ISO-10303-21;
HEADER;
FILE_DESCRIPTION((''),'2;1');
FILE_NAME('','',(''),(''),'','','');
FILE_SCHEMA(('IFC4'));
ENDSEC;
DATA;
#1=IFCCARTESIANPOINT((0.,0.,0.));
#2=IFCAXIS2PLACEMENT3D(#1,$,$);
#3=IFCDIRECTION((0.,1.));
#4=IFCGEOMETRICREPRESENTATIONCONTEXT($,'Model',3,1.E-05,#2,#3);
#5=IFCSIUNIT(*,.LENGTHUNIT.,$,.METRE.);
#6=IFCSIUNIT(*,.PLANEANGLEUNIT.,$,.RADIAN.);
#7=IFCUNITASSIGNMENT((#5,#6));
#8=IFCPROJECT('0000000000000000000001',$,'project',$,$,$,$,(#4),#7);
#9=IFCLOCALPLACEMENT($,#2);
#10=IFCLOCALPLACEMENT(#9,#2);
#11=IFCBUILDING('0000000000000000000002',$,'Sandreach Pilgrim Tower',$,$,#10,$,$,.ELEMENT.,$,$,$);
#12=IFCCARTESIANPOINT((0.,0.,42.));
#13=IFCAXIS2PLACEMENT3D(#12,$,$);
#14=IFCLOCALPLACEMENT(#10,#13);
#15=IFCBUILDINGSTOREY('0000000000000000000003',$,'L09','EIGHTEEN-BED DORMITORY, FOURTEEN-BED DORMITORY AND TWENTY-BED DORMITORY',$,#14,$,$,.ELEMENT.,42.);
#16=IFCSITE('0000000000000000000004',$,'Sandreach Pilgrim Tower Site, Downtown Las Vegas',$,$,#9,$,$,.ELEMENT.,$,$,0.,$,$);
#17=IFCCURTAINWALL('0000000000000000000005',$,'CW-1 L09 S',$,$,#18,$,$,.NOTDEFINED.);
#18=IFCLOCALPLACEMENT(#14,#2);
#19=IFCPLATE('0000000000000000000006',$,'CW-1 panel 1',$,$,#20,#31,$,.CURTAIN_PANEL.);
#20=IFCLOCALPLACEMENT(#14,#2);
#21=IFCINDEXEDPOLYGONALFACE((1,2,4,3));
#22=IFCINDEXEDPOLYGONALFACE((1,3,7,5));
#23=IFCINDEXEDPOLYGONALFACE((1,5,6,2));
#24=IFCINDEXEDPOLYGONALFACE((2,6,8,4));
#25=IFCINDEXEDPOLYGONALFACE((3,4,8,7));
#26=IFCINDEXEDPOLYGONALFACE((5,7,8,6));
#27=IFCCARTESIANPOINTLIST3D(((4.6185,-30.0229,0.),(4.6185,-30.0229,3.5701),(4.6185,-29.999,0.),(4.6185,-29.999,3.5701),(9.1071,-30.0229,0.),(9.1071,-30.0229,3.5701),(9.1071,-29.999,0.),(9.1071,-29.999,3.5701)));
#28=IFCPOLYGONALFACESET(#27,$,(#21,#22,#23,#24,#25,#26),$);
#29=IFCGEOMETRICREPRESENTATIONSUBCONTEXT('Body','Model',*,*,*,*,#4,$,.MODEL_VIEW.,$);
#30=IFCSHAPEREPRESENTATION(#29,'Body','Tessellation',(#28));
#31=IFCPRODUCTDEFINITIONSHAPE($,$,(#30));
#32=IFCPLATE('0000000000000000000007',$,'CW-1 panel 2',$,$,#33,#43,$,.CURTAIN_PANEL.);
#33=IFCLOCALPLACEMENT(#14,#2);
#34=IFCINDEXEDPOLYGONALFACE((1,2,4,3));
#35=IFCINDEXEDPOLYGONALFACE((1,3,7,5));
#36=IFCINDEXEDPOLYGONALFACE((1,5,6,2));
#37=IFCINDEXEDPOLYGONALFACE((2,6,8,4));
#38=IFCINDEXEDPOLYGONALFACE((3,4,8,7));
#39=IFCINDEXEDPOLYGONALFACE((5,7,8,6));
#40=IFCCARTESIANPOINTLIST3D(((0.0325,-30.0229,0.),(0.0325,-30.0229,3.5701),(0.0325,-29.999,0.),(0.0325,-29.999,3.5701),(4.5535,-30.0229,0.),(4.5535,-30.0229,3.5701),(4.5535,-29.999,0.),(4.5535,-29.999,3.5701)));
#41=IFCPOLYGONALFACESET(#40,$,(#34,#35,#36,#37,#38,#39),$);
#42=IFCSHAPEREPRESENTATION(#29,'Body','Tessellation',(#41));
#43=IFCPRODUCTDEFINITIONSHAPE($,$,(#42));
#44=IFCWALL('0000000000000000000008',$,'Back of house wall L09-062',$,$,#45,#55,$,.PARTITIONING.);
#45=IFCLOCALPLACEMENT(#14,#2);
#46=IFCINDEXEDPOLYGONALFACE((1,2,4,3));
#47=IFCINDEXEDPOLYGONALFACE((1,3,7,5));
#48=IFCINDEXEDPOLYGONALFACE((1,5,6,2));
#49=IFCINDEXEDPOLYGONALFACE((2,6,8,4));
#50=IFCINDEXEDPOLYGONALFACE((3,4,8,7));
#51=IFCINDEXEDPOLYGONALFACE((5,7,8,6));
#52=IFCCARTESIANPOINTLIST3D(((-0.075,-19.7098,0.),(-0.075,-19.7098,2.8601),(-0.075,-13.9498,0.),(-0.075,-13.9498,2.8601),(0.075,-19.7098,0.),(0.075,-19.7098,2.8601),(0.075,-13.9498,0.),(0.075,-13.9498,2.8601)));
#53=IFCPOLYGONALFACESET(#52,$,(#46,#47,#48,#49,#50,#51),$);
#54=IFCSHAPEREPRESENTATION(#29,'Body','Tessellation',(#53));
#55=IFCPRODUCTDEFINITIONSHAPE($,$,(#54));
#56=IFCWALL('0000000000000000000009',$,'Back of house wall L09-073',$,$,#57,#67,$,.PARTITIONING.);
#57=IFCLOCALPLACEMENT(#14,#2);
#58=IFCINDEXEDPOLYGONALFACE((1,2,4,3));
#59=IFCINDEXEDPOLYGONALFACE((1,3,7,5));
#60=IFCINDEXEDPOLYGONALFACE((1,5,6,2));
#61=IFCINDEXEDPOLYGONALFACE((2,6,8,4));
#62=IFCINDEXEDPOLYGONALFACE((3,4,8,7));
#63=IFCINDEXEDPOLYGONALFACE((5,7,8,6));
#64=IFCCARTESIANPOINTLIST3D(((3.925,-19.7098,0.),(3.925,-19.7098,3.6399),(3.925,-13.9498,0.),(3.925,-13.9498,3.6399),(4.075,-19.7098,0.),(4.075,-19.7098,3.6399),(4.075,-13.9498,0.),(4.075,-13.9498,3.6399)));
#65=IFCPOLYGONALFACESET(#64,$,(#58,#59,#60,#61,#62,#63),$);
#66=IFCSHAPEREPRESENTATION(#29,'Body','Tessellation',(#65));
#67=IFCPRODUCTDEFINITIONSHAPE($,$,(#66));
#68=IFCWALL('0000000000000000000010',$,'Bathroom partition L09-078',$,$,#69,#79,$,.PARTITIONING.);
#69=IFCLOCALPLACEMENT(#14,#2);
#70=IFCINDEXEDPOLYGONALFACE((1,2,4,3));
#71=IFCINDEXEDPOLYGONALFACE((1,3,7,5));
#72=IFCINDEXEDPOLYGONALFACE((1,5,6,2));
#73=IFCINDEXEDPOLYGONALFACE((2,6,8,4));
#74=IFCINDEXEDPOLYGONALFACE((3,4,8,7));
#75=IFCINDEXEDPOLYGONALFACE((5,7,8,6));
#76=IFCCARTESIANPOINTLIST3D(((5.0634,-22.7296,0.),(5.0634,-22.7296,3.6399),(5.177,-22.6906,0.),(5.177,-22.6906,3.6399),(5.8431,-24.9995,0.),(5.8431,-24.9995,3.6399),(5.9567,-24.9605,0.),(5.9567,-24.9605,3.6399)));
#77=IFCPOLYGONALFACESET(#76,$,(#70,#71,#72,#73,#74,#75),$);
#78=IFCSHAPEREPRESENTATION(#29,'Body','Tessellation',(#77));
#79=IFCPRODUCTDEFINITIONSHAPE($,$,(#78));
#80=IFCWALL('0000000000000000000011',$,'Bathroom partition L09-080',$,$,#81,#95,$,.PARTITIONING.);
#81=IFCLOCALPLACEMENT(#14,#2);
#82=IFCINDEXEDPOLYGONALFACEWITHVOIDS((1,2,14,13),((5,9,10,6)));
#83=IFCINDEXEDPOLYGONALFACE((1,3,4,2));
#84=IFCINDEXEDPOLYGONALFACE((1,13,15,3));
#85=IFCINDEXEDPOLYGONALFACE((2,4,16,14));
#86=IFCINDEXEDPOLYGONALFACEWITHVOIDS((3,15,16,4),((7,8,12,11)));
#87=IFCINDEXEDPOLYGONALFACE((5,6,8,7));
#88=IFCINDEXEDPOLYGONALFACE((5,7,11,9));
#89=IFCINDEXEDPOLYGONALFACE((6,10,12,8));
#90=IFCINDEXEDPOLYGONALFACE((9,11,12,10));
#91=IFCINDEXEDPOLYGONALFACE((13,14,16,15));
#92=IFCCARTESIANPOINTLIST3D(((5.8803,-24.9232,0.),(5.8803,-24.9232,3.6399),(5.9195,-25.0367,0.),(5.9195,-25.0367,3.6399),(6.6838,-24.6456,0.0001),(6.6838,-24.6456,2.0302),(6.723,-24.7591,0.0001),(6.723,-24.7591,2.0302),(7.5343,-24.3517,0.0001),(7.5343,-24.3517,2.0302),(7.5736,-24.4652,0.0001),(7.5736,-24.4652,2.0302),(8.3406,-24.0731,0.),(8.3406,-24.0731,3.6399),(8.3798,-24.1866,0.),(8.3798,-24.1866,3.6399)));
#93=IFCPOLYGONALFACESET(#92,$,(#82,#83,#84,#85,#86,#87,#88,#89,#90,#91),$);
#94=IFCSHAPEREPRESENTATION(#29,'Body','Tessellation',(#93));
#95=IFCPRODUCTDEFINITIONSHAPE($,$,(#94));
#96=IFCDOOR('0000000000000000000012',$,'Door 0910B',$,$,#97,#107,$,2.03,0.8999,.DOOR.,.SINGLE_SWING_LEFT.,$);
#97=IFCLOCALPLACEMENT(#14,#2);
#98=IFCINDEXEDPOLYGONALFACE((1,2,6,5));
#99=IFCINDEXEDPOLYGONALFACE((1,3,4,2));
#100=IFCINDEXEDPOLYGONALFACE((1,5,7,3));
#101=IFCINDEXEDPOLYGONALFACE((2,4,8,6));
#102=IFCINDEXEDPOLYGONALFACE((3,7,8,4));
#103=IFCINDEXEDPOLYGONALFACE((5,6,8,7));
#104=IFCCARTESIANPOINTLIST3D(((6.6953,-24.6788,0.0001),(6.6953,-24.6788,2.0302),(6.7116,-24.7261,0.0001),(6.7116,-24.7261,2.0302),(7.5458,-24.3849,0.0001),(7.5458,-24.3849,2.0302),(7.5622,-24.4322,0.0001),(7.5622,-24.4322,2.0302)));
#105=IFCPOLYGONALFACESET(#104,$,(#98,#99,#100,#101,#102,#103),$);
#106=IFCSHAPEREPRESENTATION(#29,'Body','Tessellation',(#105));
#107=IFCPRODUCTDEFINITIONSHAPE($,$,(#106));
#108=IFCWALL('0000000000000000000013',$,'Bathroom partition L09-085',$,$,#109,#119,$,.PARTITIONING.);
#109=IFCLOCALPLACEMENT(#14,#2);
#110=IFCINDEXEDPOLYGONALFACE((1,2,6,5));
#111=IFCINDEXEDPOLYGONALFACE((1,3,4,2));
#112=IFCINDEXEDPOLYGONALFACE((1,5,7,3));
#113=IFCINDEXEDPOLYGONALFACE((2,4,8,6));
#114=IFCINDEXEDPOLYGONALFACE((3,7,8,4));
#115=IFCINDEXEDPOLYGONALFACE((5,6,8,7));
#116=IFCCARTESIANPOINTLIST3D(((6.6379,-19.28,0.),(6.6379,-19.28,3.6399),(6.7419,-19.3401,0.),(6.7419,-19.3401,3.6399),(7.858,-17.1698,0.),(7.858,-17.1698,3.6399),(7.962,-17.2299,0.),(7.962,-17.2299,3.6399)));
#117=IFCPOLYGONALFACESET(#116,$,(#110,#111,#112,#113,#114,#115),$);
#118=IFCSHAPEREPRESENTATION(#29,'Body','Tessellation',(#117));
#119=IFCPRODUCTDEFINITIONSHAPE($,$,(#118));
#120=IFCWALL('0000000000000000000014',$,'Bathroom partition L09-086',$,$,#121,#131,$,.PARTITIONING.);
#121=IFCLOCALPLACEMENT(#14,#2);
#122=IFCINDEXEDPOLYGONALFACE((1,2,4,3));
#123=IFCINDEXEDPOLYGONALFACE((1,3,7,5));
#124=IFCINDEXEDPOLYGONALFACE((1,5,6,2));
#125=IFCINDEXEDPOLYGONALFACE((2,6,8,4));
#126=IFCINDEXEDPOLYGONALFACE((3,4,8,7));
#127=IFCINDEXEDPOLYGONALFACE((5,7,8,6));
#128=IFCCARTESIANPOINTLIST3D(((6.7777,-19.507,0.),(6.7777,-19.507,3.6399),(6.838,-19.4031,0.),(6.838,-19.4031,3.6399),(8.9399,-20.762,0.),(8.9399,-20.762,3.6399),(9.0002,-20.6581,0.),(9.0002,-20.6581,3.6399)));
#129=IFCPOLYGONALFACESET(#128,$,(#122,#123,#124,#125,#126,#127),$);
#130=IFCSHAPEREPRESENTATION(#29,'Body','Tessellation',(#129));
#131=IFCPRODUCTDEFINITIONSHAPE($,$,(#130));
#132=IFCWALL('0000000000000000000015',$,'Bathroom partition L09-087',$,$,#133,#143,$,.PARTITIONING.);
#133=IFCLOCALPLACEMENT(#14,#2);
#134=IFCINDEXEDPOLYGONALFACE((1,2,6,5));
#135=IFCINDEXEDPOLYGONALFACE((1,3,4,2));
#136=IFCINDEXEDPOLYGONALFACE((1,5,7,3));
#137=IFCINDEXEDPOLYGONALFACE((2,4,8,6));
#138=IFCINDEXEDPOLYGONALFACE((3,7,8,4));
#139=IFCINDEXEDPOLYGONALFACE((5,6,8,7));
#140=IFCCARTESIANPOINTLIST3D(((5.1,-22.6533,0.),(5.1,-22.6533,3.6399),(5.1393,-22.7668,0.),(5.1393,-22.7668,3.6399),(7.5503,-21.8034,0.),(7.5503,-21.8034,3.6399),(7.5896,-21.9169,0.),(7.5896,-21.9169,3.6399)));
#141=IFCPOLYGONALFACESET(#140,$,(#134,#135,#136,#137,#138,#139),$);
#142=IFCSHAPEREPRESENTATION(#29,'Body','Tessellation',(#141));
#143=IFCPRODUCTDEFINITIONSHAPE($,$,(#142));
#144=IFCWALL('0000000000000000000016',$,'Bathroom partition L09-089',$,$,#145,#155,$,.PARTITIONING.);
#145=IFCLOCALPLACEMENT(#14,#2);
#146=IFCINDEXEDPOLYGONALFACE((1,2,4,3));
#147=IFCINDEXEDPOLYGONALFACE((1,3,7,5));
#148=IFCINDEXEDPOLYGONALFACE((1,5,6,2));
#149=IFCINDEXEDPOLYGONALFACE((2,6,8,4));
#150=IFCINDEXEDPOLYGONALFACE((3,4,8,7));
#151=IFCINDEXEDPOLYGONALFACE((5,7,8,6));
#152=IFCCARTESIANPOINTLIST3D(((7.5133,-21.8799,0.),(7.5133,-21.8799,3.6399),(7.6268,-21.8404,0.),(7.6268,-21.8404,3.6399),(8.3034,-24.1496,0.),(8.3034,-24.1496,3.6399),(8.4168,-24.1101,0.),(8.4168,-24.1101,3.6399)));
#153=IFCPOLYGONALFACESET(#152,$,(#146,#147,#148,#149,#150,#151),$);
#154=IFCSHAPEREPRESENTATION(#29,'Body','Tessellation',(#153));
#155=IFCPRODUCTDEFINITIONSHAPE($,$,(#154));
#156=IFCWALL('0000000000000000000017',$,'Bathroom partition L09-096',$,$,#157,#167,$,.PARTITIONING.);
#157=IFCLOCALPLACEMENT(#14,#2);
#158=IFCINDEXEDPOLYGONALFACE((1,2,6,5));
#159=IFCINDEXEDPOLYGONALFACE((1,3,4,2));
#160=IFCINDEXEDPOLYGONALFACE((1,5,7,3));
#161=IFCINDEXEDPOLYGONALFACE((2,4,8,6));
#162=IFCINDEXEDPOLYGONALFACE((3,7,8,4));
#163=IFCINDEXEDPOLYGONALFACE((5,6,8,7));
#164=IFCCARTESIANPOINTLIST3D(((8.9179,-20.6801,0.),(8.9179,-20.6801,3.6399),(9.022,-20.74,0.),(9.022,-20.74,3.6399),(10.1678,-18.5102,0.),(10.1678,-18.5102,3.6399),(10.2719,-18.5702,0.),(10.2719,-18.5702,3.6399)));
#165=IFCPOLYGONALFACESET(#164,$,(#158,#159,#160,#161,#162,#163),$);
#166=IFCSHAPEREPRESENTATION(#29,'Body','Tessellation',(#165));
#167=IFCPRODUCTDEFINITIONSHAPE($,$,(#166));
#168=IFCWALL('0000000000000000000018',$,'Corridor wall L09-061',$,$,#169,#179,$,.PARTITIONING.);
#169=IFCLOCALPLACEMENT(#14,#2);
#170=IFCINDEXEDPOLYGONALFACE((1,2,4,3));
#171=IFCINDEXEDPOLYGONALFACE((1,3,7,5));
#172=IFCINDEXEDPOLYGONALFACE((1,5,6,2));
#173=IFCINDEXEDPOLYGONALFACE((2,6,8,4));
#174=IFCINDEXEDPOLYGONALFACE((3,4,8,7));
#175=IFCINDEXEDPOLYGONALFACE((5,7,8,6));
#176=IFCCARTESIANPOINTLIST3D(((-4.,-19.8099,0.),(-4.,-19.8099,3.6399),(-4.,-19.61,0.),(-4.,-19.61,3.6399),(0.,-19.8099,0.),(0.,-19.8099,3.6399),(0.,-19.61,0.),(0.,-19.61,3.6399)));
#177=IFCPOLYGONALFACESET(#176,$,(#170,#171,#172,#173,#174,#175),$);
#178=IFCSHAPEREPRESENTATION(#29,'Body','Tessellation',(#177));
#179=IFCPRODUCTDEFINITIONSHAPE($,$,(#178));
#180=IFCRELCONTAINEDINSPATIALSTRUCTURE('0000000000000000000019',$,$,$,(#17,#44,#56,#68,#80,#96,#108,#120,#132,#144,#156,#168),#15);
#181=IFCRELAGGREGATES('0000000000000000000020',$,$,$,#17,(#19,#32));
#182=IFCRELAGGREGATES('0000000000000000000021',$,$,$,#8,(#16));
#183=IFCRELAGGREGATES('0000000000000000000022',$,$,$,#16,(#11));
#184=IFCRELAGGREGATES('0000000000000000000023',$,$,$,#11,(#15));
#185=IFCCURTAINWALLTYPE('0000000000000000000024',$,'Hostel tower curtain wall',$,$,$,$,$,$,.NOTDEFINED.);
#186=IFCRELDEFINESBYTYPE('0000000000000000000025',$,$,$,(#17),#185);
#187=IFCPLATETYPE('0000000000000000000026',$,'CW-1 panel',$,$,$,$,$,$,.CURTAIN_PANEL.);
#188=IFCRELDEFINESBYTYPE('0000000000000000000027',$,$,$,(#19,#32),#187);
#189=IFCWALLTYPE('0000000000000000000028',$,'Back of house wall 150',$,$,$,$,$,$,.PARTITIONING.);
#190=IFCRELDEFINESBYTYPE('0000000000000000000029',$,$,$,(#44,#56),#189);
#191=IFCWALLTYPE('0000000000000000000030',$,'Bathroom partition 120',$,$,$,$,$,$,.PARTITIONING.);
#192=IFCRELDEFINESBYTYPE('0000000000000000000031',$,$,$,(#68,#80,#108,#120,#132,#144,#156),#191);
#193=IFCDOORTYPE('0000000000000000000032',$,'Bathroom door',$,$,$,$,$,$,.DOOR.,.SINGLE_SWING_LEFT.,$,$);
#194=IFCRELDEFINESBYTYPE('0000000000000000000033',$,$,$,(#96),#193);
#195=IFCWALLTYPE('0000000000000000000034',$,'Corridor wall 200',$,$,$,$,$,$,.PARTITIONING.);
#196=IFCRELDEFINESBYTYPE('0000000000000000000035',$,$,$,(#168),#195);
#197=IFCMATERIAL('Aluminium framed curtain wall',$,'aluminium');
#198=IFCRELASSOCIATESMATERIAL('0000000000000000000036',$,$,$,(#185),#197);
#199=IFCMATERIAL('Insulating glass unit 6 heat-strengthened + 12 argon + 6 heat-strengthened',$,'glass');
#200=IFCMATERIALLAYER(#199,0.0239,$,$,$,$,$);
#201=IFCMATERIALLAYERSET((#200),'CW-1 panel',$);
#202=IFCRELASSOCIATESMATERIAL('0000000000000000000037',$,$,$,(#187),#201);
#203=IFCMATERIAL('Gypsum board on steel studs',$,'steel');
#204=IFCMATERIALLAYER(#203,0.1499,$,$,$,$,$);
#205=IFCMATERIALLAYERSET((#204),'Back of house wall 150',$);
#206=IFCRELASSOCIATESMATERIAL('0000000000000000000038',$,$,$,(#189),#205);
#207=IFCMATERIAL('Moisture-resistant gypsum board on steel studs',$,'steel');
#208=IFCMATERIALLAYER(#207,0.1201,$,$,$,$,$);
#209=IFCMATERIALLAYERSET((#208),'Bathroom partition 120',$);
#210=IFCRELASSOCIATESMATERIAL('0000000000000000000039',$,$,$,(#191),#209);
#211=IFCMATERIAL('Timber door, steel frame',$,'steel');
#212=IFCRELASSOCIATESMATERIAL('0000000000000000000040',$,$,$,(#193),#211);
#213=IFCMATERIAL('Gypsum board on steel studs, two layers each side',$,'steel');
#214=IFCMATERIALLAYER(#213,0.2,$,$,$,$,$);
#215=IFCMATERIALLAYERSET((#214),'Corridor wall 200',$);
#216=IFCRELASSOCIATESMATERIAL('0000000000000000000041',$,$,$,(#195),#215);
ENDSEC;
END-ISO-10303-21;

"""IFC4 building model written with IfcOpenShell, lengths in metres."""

from ifc_helpers import new_model, si_unit, direction, frame, frame_2d, origin, origin_2d, place, context, subcontext, project, spatial, rectangle, extrude, material, layer, layer_set, type_object, element, fill, aggregate, save


model = new_model("IFC4")

# Units and contexts
model_context = context("Model", 3, precision=1e-05, world=origin(), true_north=direction((0.0, 1.0)))
body_context = subcontext(model_context, "Body", "Model", "MODEL_VIEW")
ifc_project = project(units=[si_unit("LENGTHUNIT", "METRE"), si_unit("PLANEANGLEUNIT", "RADIAN")], contexts=[model_context])

# Site, building, storey
site_placement = place(None, origin())
site = spatial("IfcSite", under=ifc_project, at=site_placement, Name="Sandreach Pilgrim Tower Site, Downtown Las Vegas", CompositionType="ELEMENT", RefElevation=0.0)
building_placement = place(site_placement, origin())
building = spatial("IfcBuilding", under=site, at=building_placement, Name="Sandreach Pilgrim Tower", CompositionType="ELEMENT")
storey_placement = place(building_placement, frame((0.0, 0.0, 42.0)))
storey = spatial("IfcBuildingStorey", under=building, at=storey_placement, Name="L09", Description="EIGHTEEN-BED DORMITORY, FOURTEEN-BED DORMITORY AND TWENTY-BED DORMITORY", CompositionType="ELEMENT", Elevation=42.0)

# Curtain wall
ifc_material_1 = material(Name="Aluminium framed curtain wall", Category="aluminium")
curtain_wall_type = type_object("IfcCurtainWallType", Name="Hostel tower curtain wall", PredefinedType="NOTDEFINED", material=ifc_material_1)
curtain_wall_placement = place(storey_placement, origin())
curtain_wall = element("IfcCurtainWall", 1, at=curtain_wall_placement, inside=storey, type_object=curtain_wall_type, Name="CW-1 L09 S", PredefinedType="NOTDEFINED")

# Plates
ifc_material_2 = material(Name="Insulating glass unit 6 heat-strengthened + 12 argon + 6 heat-strengthened", Category="glass")
ifc_layer_1 = layer(ifc_material_2, 0.0239)
ifc_layer_set_1 = layer_set([ifc_layer_1], Name="CW-1 panel")
plate_type = type_object("IfcPlateType", Name="CW-1 panel", PredefinedType="CURTAIN_PANEL", material=ifc_layer_set_1)
plate_1_placement = place(storey_placement, frame((6.8628, -30.011, 0.0), z_axis=(0.0, 0.0, 1.0), x_axis=(-1.0, 0.0, 0.0)))
plate_1 = element("IfcPlate", 2, at=plate_1_placement, type_object=plate_type, Name="CW-1 panel 1", PredefinedType="CURTAIN_PANEL", context=body_context, shape_type="SweptSolid", body=[
    extrude(rectangle(XDim=4.4885, YDim=0.0239, at=origin_2d()), origin(), (0.0, 0.0, 1.0), 3.5701),
])
plate_2_placement = place(storey_placement, frame((2.293, -30.011, 0.0), z_axis=(0.0, 0.0, 1.0), x_axis=(-1.0, 0.0, 0.0)))
plate_2 = element("IfcPlate", 3, at=plate_2_placement, type_object=plate_type, Name="CW-1 panel 2", PredefinedType="CURTAIN_PANEL", context=body_context, shape_type="SweptSolid", body=[
    extrude(rectangle(XDim=4.521, YDim=0.0239, at=origin_2d()), origin(), (0.0, 0.0, 1.0), 3.5701),
])
aggregate(curtain_wall, [plate_1, plate_2])

# Walls
ifc_material_3 = material(Name="Gypsum board on steel studs", Category="steel")
ifc_layer_2 = layer(ifc_material_3, 0.1499)
ifc_layer_set_2 = layer_set([ifc_layer_2], Name="Back of house wall 150")
wall_type_1 = type_object("IfcWallType", Name="Back of house wall 150", PredefinedType="PARTITIONING", material=ifc_layer_set_2)
wall_1_placement = place(storey_placement, frame((0.0, -13.95, 0.0), z_axis=(0.0, 0.0, 1.0), x_axis=(0.0, -1.0, 0.0)))
element("IfcWall", 4, at=wall_1_placement, inside=storey, type_object=wall_type_1, Name="Back of house wall L09-062", PredefinedType="PARTITIONING", context=body_context, shape_type="SweptSolid", body=[
    extrude(rectangle(XDim=5.76, YDim=0.1499, at=frame_2d((2.8799, 0.0))), origin(), (0.0, 0.0, 1.0), 2.8601),
])
wall_2_placement = place(storey_placement, frame((4.0, -13.95, 0.0), z_axis=(0.0, 0.0, 1.0), x_axis=(0.0, -1.0, 0.0)))
element("IfcWall", 5, at=wall_2_placement, inside=storey, type_object=wall_type_1, Name="Back of house wall L09-073", PredefinedType="PARTITIONING", context=body_context, shape_type="SweptSolid", body=[
    extrude(rectangle(XDim=5.76, YDim=0.1499, at=frame_2d((2.8799, 0.0))), origin(), (0.0, 0.0, 1.0), 3.6399),
])
ifc_material_4 = material(Name="Moisture-resistant gypsum board on steel studs", Category="steel")
ifc_layer_3 = layer(ifc_material_4, 0.1201)
ifc_layer_set_3 = layer_set([ifc_layer_3], Name="Bathroom partition 120")
wall_type_2 = type_object("IfcWallType", Name="Bathroom partition 120", PredefinedType="PARTITIONING", material=ifc_layer_set_3)
wall_3_placement = place(storey_placement, frame((5.1201, -22.71, 0.0), z_axis=(0.0, 0.0, 1.0), x_axis=(0.324881, -0.945755, 0.0)))
element("IfcWall", 6, at=wall_3_placement, inside=storey, type_object=wall_type_2, Name="Bathroom partition L09-078", PredefinedType="PARTITIONING", context=body_context, shape_type="SweptSolid", body=[
    extrude(rectangle(XDim=2.4001, YDim=0.1201, at=frame_2d((1.2002, 0.0))), origin(), (0.0, 0.0, 1.0), 3.6399),
])

# Wall, opening, door
wall_4_placement = place(storey_placement, frame((5.8999, -24.98, 0.0), z_axis=(0.0, 0.0, 1.0), x_axis=(0.945165, 0.326592, 0.0)))
wall_4 = element("IfcWall", 7, at=wall_4_placement, inside=storey, type_object=wall_type_2, Name="Bathroom partition L09-080", PredefinedType="PARTITIONING", context=body_context, shape_type="SweptSolid", body=[
    extrude(rectangle(XDim=2.603, YDim=0.1201, at=frame_2d((1.3015, 0.0))), origin(), (0.0, 0.0, 1.0), 3.6399),
])
opening_1_placement = place(wall_4_placement, frame((0.8501, 0.0, 0.0)))
opening_1 = element("IfcOpeningElement", 8, at=opening_1_placement, cuts=wall_4, PredefinedType="OPENING", context=body_context, shape_type="SweptSolid", body=[
    extrude(rectangle(XDim=0.8999, YDim=2.03, at=frame_2d((0.45, 1.0151))), frame((0.0, 0.0601, 0.0), z_axis=(0.0, -1.0, 0.0), x_axis=(1.0, 0.0, 0.0)), (0.0, 0.0, 1.0), 0.1201),
])
ifc_material_5 = material(Name="Timber door, steel frame", Category="steel")
door_type_1 = type_object("IfcDoorType", Name="Bathroom door", OperationType="SINGLE_SWING_LEFT", PredefinedType="DOOR", material=ifc_material_5)
door_1_placement = place(opening_1_placement, origin())
door_1 = element("IfcDoor", 9, at=door_1_placement, inside=storey, type_object=door_type_1, Name="Door 0910B", OperationType="SINGLE_SWING_LEFT", OverallHeight=2.03, OverallWidth=0.8999, PredefinedType="DOOR", context=body_context, shape_type="SweptSolid", body=[
    extrude(rectangle(XDim=0.8999, YDim=2.03, at=frame_2d((0.45, 1.0151))), frame((0.0, 0.0249, 0.0), z_axis=(0.0, -1.0, 0.0), x_axis=(1.0, 0.0, 0.0)), (0.0, 0.0, 1.0), 0.05),
])
fill(opening_1, door_1)

# Walls
wall_5_placement = place(storey_placement, frame((6.6899, -19.3101, 0.0), z_axis=(0.0, 0.0, 1.0), x_axis=(0.500523, 0.865723, 0.0)))
element("IfcWall", 10, at=wall_5_placement, inside=storey, type_object=wall_type_2, Name="Bathroom partition L09-085", PredefinedType="PARTITIONING", context=body_context, shape_type="SweptSolid", body=[
    extrude(rectangle(XDim=2.4375, YDim=0.1201, at=frame_2d((1.2188, 0.0))), origin(), (0.0, 0.0, 1.0), 3.6399),
])
wall_6_placement = place(storey_placement, frame((6.8079, -19.4551, 0.0), z_axis=(0.0, 0.0, 1.0), x_axis=(0.864882, -0.501975, 0.0)))
element("IfcWall", 11, at=wall_6_placement, inside=storey, type_object=wall_type_2, Name="Bathroom partition L09-086", PredefinedType="PARTITIONING", context=body_context, shape_type="SweptSolid", body=[
    extrude(rectangle(XDim=2.5, YDim=0.1201, at=frame_2d((1.25, 0.0))), origin(), (0.0, 0.0, 1.0), 3.6399),
])
wall_7_placement = place(storey_placement, frame((7.5701, -21.8601, 0.0), z_axis=(0.0, 0.0, 1.0), x_axis=(-0.944782, -0.327699, 0.0)))
element("IfcWall", 12, at=wall_7_placement, inside=storey, type_object=wall_type_2, Name="Bathroom partition L09-087", PredefinedType="PARTITIONING", context=body_context, shape_type="SweptSolid", body=[
    extrude(rectangle(XDim=2.5935, YDim=0.1201, at=frame_2d((1.2969, 0.0))), origin(), (0.0, 0.0, 1.0), 3.6399),
])
wall_8_placement = place(storey_placement, frame((7.5701, -21.8601, 0.0), z_axis=(0.0, 0.0, 1.0), x_axis=(0.328725, -0.944426, 0.0)))
element("IfcWall", 13, at=wall_8_placement, inside=storey, type_object=wall_type_2, Name="Bathroom partition L09-089", PredefinedType="PARTITIONING", context=body_context, shape_type="SweptSolid", body=[
    extrude(rectangle(XDim=2.4033, YDim=0.1201, at=frame_2d((1.2017, 0.0))), origin(), (0.0, 0.0, 1.0), 3.6399),
])
wall_9_placement = place(storey_placement, frame((8.97, -20.71, 0.0), z_axis=(0.0, 0.0, 1.0), x_axis=(0.49916, 0.86651, 0.0)))
element("IfcWall", 14, at=wall_9_placement, inside=storey, type_object=wall_type_2, Name="Bathroom partition L09-096", PredefinedType="PARTITIONING", context=body_context, shape_type="SweptSolid", body=[
    extrude(rectangle(XDim=2.5042, YDim=0.1201, at=frame_2d((1.252, 0.0))), origin(), (0.0, 0.0, 1.0), 3.6399),
])

# Shared definitions
ifc_material_6 = material(Name="Gypsum board on steel studs, two layers each side", Category="steel")
ifc_layer_4 = layer(ifc_material_6, 0.2)
ifc_layer_set_4 = layer_set([ifc_layer_4], Name="Corridor wall 200")
wall_type_3 = type_object("IfcWallType", Name="Corridor wall 200", PredefinedType="PARTITIONING", material=ifc_layer_set_4)

# Wall
wall_10_placement = place(storey_placement, frame((0.0, -19.71, 0.0), z_axis=(0.0, 0.0, 1.0), x_axis=(-1.0, 0.0, 0.0)))
element("IfcWall", 15, at=wall_10_placement, inside=storey, type_object=wall_type_3, Name="Corridor wall L09-061", PredefinedType="PARTITIONING", context=body_context, shape_type="SweptSolid", body=[
    extrude(rectangle(XDim=4.0, YDim=0.2, at=frame_2d((2.0, 0.0))), origin(), (0.0, 0.0, 1.0), 3.6399),
])

save(model, "model.ifc")
